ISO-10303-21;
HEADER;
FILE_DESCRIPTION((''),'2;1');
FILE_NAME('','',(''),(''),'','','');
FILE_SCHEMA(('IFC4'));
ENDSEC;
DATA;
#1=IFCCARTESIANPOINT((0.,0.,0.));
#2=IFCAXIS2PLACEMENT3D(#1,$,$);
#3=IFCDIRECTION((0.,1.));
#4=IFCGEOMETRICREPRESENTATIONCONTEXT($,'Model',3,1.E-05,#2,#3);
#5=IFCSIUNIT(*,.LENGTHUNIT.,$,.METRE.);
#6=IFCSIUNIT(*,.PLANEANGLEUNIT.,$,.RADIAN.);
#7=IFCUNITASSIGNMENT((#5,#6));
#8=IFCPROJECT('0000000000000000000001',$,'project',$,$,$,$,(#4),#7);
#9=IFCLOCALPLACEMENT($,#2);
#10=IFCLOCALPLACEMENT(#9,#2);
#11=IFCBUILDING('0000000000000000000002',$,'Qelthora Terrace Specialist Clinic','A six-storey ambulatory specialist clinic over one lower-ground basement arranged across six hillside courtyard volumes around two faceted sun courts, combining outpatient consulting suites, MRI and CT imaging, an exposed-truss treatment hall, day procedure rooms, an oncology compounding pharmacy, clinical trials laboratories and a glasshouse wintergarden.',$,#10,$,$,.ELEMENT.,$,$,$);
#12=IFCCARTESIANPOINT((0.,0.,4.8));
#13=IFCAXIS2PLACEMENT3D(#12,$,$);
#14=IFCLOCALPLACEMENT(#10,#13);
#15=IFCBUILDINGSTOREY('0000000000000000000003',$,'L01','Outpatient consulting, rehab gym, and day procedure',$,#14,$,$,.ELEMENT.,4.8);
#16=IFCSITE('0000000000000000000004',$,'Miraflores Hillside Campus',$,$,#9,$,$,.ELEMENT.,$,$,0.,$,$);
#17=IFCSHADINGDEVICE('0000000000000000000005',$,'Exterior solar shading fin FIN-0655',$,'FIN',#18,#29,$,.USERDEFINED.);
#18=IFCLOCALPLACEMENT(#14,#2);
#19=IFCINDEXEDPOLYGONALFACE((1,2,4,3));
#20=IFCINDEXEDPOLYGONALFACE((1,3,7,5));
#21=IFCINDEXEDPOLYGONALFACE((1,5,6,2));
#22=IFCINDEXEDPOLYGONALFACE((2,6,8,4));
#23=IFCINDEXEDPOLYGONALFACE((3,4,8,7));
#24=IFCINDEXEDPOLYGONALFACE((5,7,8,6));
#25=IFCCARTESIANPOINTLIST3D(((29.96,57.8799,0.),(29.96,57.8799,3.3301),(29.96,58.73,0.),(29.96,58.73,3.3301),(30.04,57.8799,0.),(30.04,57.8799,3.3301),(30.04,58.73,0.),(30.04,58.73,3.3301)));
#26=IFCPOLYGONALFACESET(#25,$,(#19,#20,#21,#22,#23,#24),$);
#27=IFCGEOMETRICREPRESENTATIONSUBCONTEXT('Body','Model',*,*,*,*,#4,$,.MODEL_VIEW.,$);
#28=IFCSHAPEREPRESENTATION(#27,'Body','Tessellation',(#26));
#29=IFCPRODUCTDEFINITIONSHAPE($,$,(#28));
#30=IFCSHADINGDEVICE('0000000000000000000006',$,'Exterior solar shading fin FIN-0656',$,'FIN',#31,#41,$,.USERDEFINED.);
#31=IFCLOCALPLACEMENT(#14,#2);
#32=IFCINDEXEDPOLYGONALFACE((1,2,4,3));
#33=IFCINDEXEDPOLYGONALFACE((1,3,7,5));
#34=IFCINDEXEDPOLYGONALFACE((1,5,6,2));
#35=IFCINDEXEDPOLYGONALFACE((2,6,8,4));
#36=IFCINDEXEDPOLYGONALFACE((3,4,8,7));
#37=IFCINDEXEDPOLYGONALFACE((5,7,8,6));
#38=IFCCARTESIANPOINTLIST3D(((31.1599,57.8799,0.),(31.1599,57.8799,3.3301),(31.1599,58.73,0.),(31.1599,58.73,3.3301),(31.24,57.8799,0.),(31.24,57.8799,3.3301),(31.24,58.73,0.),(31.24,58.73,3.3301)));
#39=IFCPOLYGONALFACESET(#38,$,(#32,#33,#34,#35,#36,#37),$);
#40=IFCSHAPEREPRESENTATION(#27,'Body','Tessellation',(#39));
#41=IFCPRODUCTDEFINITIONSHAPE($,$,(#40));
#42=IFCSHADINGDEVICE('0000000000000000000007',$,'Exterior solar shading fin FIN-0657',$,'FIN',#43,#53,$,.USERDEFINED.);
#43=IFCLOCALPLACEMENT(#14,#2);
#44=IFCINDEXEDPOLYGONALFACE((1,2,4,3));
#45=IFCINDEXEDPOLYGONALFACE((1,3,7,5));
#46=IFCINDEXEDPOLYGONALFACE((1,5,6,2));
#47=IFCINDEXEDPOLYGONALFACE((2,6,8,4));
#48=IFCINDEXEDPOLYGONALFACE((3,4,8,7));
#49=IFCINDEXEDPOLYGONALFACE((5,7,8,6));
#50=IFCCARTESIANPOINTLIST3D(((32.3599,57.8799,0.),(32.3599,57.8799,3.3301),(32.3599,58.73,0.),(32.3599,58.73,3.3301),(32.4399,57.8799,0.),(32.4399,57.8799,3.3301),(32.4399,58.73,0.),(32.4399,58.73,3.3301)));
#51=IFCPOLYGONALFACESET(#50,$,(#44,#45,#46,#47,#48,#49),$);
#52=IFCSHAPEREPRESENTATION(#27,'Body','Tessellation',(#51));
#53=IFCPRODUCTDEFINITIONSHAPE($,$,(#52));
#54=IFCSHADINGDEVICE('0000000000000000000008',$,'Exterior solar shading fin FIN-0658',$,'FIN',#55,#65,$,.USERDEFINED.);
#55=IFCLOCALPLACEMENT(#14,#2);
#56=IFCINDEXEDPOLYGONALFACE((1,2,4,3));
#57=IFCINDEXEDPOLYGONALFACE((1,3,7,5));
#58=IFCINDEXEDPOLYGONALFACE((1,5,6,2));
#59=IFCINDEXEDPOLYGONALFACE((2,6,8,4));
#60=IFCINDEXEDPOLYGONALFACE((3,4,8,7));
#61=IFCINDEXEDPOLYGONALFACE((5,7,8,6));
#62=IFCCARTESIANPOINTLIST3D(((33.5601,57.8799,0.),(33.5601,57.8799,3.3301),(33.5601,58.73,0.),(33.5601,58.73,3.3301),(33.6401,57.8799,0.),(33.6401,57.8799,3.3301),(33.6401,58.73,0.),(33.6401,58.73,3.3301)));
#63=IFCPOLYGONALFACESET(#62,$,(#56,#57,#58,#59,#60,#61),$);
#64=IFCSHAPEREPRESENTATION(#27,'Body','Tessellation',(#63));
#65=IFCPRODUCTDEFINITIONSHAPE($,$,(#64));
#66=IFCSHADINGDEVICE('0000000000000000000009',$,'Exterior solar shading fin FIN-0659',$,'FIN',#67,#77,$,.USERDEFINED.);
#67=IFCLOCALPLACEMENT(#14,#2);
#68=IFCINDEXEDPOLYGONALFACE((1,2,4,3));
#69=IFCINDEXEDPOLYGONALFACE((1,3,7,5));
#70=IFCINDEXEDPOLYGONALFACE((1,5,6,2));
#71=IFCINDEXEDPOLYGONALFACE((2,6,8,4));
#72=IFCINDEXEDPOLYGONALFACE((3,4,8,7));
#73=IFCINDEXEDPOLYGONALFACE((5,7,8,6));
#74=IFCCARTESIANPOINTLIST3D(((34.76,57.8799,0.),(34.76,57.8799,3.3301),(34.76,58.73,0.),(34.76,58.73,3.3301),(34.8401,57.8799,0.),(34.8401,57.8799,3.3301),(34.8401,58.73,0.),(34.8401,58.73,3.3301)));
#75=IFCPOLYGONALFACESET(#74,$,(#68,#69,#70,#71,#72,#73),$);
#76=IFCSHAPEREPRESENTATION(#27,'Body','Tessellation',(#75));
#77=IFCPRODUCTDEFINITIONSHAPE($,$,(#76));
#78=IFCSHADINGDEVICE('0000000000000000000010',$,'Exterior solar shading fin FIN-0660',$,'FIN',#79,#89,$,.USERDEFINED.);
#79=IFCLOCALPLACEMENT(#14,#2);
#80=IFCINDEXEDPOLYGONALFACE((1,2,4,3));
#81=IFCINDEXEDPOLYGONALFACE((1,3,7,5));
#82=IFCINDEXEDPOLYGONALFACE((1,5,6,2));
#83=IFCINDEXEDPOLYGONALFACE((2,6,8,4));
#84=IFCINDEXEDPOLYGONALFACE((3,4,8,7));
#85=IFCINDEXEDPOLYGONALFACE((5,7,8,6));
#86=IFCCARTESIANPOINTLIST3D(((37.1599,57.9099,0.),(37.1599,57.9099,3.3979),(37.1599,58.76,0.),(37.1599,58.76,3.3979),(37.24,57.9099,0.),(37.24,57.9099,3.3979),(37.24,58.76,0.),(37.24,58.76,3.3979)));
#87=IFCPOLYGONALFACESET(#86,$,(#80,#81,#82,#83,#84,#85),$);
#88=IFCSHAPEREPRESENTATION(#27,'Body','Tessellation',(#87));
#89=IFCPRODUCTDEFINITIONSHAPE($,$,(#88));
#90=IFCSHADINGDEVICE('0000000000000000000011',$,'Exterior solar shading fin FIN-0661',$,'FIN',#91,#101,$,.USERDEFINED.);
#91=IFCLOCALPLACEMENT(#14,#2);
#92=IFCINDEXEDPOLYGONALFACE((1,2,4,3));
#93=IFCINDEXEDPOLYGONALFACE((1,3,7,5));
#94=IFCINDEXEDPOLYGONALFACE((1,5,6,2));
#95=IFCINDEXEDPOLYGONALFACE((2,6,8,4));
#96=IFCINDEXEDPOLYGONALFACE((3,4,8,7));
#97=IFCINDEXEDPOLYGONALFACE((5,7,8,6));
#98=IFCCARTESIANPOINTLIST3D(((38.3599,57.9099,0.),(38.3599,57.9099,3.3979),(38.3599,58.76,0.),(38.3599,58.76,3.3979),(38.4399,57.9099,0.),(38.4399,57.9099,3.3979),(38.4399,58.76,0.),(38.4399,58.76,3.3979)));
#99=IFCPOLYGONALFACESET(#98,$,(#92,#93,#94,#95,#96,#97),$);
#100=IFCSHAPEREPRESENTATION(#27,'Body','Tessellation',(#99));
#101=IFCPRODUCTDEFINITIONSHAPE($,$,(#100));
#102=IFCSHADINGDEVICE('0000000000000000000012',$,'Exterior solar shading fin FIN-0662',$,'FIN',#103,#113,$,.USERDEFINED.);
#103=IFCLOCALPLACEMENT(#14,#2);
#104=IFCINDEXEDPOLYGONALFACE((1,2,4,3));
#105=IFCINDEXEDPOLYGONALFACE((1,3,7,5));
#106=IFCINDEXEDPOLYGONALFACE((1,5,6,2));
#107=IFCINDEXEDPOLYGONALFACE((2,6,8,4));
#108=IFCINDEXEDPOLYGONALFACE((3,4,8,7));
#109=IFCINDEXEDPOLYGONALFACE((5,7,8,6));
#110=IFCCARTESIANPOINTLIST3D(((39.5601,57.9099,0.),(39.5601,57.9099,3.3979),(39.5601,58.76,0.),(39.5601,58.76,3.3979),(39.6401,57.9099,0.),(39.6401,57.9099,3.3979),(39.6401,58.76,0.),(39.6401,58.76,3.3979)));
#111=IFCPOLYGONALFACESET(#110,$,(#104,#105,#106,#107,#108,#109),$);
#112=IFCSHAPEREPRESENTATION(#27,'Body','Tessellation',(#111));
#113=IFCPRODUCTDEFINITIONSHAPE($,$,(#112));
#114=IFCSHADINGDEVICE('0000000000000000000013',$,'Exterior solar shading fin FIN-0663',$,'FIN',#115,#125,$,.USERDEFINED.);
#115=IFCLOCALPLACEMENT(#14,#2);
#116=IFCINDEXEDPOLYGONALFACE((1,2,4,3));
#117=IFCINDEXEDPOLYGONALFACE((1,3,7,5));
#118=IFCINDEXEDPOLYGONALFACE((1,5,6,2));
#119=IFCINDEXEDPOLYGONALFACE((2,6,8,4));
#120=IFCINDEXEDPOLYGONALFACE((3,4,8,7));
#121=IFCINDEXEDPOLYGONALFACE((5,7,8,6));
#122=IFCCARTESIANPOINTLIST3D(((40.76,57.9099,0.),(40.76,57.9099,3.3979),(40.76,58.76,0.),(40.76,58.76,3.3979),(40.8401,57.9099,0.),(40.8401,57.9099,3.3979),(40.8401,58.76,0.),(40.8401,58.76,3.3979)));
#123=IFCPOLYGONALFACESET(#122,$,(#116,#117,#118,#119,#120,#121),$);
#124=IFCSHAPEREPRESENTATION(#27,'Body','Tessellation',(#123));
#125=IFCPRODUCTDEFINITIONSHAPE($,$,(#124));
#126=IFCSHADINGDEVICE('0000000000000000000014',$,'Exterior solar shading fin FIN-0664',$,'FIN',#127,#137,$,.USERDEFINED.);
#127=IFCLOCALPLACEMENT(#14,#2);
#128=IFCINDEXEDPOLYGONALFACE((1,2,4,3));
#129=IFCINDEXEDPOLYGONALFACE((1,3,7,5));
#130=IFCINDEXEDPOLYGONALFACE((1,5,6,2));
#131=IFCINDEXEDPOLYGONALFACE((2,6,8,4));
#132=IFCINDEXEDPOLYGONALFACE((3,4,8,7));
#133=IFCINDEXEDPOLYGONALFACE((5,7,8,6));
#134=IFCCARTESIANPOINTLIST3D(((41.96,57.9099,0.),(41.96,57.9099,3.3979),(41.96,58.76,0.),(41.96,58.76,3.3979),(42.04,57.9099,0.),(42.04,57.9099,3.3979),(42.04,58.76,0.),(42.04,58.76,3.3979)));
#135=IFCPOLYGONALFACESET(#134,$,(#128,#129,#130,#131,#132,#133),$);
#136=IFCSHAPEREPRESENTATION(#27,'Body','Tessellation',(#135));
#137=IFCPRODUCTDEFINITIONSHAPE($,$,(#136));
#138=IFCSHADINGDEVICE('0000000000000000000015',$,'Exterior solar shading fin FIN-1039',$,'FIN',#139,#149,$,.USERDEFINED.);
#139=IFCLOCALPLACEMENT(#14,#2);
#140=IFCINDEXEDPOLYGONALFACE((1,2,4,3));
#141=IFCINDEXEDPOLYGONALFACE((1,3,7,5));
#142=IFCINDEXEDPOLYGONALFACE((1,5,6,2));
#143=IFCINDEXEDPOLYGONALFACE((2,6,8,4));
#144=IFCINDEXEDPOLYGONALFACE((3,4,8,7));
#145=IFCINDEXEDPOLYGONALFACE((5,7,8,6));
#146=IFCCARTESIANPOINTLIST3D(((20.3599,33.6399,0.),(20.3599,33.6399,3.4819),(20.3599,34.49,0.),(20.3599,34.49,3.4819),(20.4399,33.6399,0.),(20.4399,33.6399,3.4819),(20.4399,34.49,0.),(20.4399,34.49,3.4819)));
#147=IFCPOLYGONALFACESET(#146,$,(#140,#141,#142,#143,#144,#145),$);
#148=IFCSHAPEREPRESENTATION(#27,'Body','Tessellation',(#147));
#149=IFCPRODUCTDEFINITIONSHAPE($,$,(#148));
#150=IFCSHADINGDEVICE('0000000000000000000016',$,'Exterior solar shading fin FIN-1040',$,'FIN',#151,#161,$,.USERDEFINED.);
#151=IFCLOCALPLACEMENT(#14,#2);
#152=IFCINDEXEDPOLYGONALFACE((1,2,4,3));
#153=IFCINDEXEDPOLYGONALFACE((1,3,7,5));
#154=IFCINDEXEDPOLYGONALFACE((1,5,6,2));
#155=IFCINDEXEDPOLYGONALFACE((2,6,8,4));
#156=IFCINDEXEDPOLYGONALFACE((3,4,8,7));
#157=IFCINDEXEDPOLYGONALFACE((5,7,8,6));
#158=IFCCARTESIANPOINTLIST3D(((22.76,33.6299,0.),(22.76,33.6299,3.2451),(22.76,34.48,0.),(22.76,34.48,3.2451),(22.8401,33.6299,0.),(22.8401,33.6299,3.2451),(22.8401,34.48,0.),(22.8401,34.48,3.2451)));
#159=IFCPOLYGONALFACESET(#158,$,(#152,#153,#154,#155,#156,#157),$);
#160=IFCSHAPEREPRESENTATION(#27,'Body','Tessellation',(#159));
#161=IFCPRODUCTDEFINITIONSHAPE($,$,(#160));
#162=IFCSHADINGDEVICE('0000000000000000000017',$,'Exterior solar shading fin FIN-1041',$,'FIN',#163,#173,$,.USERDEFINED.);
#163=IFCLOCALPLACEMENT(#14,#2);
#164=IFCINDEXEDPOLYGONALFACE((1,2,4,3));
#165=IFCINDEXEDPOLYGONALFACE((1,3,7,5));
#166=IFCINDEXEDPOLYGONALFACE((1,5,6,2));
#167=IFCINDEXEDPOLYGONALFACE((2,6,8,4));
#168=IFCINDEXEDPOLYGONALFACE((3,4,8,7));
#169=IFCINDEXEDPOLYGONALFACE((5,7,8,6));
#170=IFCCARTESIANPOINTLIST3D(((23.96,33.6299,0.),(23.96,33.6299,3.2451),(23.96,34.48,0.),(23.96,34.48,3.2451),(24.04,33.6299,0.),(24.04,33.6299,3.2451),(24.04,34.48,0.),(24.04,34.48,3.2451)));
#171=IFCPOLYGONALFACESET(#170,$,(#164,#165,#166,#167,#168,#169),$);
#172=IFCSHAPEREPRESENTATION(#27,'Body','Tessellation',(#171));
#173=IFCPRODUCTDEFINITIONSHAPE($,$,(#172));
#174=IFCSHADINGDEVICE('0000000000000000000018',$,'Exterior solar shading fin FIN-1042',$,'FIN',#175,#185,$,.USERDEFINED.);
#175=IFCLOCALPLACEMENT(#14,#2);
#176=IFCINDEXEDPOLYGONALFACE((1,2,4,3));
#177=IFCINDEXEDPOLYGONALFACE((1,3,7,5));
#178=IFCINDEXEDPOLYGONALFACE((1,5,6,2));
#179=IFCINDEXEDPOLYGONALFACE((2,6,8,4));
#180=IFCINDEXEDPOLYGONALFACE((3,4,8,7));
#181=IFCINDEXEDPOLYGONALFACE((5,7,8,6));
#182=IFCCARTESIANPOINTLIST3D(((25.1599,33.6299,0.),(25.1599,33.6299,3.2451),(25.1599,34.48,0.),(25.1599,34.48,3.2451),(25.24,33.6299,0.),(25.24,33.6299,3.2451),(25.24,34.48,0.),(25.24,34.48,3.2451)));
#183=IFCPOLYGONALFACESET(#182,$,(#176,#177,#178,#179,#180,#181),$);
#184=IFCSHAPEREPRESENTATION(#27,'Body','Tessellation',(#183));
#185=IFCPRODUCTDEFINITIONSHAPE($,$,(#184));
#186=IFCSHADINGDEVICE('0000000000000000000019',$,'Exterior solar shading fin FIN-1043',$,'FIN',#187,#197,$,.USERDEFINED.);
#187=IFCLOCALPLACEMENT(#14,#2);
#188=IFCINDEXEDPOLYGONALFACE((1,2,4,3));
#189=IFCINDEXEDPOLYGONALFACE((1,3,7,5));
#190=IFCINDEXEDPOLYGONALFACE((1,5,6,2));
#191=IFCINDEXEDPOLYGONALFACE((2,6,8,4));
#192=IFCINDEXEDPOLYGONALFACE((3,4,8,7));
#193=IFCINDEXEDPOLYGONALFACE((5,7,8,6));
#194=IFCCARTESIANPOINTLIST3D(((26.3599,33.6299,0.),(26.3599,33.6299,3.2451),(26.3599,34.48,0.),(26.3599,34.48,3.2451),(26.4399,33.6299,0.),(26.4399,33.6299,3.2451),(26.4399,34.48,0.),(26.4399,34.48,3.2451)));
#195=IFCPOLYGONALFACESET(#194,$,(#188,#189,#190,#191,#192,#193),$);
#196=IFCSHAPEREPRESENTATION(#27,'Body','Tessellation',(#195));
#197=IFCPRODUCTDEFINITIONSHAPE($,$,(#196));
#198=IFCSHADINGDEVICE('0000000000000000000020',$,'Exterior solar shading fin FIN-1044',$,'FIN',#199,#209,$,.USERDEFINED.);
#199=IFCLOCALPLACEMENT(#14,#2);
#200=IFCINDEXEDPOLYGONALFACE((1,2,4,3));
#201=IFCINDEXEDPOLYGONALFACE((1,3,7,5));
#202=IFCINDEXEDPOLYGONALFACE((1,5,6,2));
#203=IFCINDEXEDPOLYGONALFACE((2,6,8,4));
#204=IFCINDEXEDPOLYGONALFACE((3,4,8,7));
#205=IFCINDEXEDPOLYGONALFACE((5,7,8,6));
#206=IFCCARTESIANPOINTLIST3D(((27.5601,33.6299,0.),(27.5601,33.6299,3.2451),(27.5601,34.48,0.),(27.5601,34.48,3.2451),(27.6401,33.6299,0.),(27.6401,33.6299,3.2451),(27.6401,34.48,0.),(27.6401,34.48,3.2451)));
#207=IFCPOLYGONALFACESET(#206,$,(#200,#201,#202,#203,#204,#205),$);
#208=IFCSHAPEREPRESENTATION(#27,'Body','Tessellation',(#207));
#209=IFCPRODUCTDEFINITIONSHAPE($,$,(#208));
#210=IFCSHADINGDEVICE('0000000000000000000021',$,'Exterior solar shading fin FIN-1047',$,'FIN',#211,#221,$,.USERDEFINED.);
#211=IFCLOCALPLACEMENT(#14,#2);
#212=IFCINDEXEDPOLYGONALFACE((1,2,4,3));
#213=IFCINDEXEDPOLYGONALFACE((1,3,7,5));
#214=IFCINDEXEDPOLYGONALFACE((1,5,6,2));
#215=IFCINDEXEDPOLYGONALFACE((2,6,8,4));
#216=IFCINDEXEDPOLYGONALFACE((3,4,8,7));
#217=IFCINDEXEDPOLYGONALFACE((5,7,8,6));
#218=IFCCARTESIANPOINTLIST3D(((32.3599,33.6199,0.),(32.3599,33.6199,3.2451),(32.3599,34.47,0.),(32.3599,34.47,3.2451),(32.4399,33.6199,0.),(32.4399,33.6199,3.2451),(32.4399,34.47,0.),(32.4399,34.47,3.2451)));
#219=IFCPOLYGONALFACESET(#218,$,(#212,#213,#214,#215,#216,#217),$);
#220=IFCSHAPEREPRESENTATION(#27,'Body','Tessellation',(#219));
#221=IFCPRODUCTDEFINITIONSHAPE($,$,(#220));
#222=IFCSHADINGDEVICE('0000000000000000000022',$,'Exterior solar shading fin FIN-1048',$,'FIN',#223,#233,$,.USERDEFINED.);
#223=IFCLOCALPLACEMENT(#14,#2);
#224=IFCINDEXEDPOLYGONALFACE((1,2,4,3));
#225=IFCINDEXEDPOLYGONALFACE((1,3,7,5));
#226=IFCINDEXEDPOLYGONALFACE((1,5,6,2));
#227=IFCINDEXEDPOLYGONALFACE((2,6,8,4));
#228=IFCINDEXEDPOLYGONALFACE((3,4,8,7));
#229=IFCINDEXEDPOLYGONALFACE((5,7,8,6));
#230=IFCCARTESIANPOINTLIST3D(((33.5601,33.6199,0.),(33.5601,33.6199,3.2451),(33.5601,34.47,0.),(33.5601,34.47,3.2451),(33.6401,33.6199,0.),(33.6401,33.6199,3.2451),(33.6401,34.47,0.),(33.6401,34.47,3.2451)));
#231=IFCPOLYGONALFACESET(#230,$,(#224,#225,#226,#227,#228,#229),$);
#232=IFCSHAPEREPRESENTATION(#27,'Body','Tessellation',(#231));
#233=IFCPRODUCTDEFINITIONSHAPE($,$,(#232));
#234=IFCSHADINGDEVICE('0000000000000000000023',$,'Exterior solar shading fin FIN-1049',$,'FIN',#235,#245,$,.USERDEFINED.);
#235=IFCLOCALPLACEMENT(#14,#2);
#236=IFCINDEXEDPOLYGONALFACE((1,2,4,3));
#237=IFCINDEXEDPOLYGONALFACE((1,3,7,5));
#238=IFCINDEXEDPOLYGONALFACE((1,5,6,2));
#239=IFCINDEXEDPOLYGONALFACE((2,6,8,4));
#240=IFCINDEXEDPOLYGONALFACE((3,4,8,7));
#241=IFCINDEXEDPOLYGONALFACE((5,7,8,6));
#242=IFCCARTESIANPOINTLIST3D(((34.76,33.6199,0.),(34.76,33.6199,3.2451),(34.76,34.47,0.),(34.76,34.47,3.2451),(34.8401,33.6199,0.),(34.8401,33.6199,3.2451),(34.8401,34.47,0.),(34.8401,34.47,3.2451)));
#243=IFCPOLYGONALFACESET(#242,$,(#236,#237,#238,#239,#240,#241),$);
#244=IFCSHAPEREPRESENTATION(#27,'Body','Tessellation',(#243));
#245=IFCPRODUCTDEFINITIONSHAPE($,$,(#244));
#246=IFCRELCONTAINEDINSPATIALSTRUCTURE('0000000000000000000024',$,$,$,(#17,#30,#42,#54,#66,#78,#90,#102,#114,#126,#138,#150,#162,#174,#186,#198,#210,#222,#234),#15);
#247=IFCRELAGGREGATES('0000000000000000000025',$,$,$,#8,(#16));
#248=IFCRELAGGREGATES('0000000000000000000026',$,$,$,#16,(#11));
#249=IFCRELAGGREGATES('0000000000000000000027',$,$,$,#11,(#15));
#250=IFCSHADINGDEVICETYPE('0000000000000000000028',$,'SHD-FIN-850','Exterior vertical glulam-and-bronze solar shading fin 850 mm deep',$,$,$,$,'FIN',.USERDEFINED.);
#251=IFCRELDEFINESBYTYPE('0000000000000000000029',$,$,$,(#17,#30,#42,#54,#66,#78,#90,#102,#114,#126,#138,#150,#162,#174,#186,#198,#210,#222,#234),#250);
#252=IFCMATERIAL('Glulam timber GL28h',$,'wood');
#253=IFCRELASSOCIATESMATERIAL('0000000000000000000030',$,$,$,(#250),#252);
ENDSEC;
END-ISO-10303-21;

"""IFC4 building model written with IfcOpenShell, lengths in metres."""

from ifc_helpers import new_model, si_unit, direction, frame, origin, origin_2d, place, context, subcontext, project, spatial, rectangle, extrude, material, type_object, element, save


model = new_model("IFC4")

# Units and contexts
model_context = context("Model", 3, precision=1e-05, world=origin(), true_north=direction((0.0, 1.0)))
body_context = subcontext(model_context, "Body", "Model", "MODEL_VIEW")
ifc_project = project(units=[si_unit("LENGTHUNIT", "METRE"), si_unit("PLANEANGLEUNIT", "RADIAN")], contexts=[model_context])

# Site, building, storey
site_placement = place(None, origin())
site = spatial("IfcSite", under=ifc_project, at=site_placement, Name="Miraflores Hillside Campus", CompositionType="ELEMENT", RefElevation=0.0)
building_placement = place(site_placement, origin())
building = spatial("IfcBuilding", under=site, at=building_placement, Name="Qelthora Terrace Specialist Clinic", Description="A six-storey ambulatory specialist clinic over one lower-ground basement arranged across six hillside courtyard volumes around two faceted sun courts, combining outpatient consulting suites, MRI and CT imaging, an exposed-truss treatment hall, day procedure rooms, an oncology compounding pharmacy, clinical trials laboratories and a glasshouse wintergarden.", CompositionType="ELEMENT")
storey_placement = place(building_placement, frame((0.0, 0.0, 4.8)))
storey = spatial("IfcBuildingStorey", under=building, at=storey_placement, Name="L01", Description="Outpatient consulting, rehab gym, and day procedure", CompositionType="ELEMENT", Elevation=4.8)

# Shading devices
ifc_material_1 = material(Name="Glulam timber GL28h", Category="wood")
shading_device_type = type_object("IfcShadingDeviceType", Name="SHD-FIN-850", Description="Exterior vertical glulam-and-bronze solar shading fin 850 mm deep", ElementType="FIN", PredefinedType="USERDEFINED", material=ifc_material_1)
for number, where, z_axis, x_axis, name in (
    (1, (30.0, 58.3049, 0.0), (0.0, 0.0, 1.0), (0.0, -1.0, 0.0), "Exterior solar shading fin FIN-0655"),
    (2, (31.2, 58.3049, 0.0), (0.0, 0.0, 1.0), (0.0, -1.0, 0.0), "Exterior solar shading fin FIN-0656"),
    (3, (32.3999, 58.3049, 0.0), (0.0, 0.0, 1.0), (0.0, -1.0, 0.0), "Exterior solar shading fin FIN-0657"),
    (4, (33.6001, 58.3049, 0.0), (0.0, 0.0, 1.0), (0.0, -1.0, 0.0), "Exterior solar shading fin FIN-0658"),
    (5, (34.8, 58.3049, 0.0), (0.0, 0.0, 1.0), (0.0, -1.0, 0.0), "Exterior solar shading fin FIN-0659"),
):
    element("IfcShadingDevice", number, at=place(storey_placement, frame(where, z_axis=z_axis, x_axis=x_axis)), inside=storey, type_object=shading_device_type, Name=name, ObjectType="FIN", PredefinedType="USERDEFINED", context=body_context, shape_type="SweptSolid", body=[
        extrude(rectangle(XDim=0.8501, YDim=0.0801, at=origin_2d()), origin(), (0.0, 0.0, 1.0), 3.3301),
    ])
for number, where, z_axis, x_axis, name in (
    (6, (37.2, 58.335, 0.0), (0.0, 0.0, 1.0), (0.0, -1.0, 0.0), "Exterior solar shading fin FIN-0660"),
    (7, (38.3999, 58.335, 0.0), (0.0, 0.0, 1.0), (0.0, -1.0, 0.0), "Exterior solar shading fin FIN-0661"),
    (8, (39.6001, 58.335, 0.0), (0.0, 0.0, 1.0), (0.0, -1.0, 0.0), "Exterior solar shading fin FIN-0662"),
    (9, (40.8, 58.335, 0.0), (0.0, 0.0, 1.0), (0.0, -1.0, 0.0), "Exterior solar shading fin FIN-0663"),
    (10, (42.0, 58.335, 0.0), (0.0, 0.0, 1.0), (0.0, -1.0, 0.0), "Exterior solar shading fin FIN-0664"),
):
    element("IfcShadingDevice", number, at=place(storey_placement, frame(where, z_axis=z_axis, x_axis=x_axis)), inside=storey, type_object=shading_device_type, Name=name, ObjectType="FIN", PredefinedType="USERDEFINED", context=body_context, shape_type="SweptSolid", body=[
        extrude(rectangle(XDim=0.8501, YDim=0.0801, at=origin_2d()), origin(), (0.0, 0.0, 1.0), 3.3979),
    ])
shading_device_placement = place(storey_placement, frame((20.3999, 34.0649, 0.0), z_axis=(0.0, 0.0, 1.0), x_axis=(0.0, 1.0, 0.0)))
element("IfcShadingDevice", 11, at=shading_device_placement, inside=storey, type_object=shading_device_type, Name="Exterior solar shading fin FIN-1039", ObjectType="FIN", PredefinedType="USERDEFINED", context=body_context, shape_type="SweptSolid", body=[
    extrude(rectangle(XDim=0.8501, YDim=0.0801, at=origin_2d()), origin(), (0.0, 0.0, 1.0), 3.4819),
])
for number, where, z_axis, x_axis, name in (
    (12, (22.8, 34.0549, 0.0), (0.0, 0.0, 1.0), (0.0, 1.0, 0.0), "Exterior solar shading fin FIN-1040"),
    (13, (24.0, 34.0549, 0.0), (0.0, 0.0, 1.0), (0.0, 1.0, 0.0), "Exterior solar shading fin FIN-1041"),
    (14, (25.2, 34.0549, 0.0), (0.0, 0.0, 1.0), (0.0, 1.0, 0.0), "Exterior solar shading fin FIN-1042"),
    (15, (26.3999, 34.0549, 0.0), (0.0, 0.0, 1.0), (0.0, 1.0, 0.0), "Exterior solar shading fin FIN-1043"),
    (16, (27.6001, 34.0549, 0.0), (0.0, 0.0, 1.0), (0.0, 1.0, 0.0), "Exterior solar shading fin FIN-1044"),
    (17, (32.3999, 34.0449, 0.0), (0.0, 0.0, 1.0), (0.0, 1.0, 0.0), "Exterior solar shading fin FIN-1047"),
    (18, (33.6001, 34.0449, 0.0), (0.0, 0.0, 1.0), (0.0, 1.0, 0.0), "Exterior solar shading fin FIN-1048"),
    (19, (34.8, 34.0449, 0.0), (0.0, 0.0, 1.0), (0.0, 1.0, 0.0), "Exterior solar shading fin FIN-1049"),
):
    element("IfcShadingDevice", number, at=place(storey_placement, frame(where, z_axis=z_axis, x_axis=x_axis)), inside=storey, type_object=shading_device_type, Name=name, ObjectType="FIN", PredefinedType="USERDEFINED", context=body_context, shape_type="SweptSolid", body=[
        extrude(rectangle(XDim=0.8501, YDim=0.0801, at=origin_2d()), origin(), (0.0, 0.0, 1.0), 3.2451),
    ])

save(model, "model.ifc")
